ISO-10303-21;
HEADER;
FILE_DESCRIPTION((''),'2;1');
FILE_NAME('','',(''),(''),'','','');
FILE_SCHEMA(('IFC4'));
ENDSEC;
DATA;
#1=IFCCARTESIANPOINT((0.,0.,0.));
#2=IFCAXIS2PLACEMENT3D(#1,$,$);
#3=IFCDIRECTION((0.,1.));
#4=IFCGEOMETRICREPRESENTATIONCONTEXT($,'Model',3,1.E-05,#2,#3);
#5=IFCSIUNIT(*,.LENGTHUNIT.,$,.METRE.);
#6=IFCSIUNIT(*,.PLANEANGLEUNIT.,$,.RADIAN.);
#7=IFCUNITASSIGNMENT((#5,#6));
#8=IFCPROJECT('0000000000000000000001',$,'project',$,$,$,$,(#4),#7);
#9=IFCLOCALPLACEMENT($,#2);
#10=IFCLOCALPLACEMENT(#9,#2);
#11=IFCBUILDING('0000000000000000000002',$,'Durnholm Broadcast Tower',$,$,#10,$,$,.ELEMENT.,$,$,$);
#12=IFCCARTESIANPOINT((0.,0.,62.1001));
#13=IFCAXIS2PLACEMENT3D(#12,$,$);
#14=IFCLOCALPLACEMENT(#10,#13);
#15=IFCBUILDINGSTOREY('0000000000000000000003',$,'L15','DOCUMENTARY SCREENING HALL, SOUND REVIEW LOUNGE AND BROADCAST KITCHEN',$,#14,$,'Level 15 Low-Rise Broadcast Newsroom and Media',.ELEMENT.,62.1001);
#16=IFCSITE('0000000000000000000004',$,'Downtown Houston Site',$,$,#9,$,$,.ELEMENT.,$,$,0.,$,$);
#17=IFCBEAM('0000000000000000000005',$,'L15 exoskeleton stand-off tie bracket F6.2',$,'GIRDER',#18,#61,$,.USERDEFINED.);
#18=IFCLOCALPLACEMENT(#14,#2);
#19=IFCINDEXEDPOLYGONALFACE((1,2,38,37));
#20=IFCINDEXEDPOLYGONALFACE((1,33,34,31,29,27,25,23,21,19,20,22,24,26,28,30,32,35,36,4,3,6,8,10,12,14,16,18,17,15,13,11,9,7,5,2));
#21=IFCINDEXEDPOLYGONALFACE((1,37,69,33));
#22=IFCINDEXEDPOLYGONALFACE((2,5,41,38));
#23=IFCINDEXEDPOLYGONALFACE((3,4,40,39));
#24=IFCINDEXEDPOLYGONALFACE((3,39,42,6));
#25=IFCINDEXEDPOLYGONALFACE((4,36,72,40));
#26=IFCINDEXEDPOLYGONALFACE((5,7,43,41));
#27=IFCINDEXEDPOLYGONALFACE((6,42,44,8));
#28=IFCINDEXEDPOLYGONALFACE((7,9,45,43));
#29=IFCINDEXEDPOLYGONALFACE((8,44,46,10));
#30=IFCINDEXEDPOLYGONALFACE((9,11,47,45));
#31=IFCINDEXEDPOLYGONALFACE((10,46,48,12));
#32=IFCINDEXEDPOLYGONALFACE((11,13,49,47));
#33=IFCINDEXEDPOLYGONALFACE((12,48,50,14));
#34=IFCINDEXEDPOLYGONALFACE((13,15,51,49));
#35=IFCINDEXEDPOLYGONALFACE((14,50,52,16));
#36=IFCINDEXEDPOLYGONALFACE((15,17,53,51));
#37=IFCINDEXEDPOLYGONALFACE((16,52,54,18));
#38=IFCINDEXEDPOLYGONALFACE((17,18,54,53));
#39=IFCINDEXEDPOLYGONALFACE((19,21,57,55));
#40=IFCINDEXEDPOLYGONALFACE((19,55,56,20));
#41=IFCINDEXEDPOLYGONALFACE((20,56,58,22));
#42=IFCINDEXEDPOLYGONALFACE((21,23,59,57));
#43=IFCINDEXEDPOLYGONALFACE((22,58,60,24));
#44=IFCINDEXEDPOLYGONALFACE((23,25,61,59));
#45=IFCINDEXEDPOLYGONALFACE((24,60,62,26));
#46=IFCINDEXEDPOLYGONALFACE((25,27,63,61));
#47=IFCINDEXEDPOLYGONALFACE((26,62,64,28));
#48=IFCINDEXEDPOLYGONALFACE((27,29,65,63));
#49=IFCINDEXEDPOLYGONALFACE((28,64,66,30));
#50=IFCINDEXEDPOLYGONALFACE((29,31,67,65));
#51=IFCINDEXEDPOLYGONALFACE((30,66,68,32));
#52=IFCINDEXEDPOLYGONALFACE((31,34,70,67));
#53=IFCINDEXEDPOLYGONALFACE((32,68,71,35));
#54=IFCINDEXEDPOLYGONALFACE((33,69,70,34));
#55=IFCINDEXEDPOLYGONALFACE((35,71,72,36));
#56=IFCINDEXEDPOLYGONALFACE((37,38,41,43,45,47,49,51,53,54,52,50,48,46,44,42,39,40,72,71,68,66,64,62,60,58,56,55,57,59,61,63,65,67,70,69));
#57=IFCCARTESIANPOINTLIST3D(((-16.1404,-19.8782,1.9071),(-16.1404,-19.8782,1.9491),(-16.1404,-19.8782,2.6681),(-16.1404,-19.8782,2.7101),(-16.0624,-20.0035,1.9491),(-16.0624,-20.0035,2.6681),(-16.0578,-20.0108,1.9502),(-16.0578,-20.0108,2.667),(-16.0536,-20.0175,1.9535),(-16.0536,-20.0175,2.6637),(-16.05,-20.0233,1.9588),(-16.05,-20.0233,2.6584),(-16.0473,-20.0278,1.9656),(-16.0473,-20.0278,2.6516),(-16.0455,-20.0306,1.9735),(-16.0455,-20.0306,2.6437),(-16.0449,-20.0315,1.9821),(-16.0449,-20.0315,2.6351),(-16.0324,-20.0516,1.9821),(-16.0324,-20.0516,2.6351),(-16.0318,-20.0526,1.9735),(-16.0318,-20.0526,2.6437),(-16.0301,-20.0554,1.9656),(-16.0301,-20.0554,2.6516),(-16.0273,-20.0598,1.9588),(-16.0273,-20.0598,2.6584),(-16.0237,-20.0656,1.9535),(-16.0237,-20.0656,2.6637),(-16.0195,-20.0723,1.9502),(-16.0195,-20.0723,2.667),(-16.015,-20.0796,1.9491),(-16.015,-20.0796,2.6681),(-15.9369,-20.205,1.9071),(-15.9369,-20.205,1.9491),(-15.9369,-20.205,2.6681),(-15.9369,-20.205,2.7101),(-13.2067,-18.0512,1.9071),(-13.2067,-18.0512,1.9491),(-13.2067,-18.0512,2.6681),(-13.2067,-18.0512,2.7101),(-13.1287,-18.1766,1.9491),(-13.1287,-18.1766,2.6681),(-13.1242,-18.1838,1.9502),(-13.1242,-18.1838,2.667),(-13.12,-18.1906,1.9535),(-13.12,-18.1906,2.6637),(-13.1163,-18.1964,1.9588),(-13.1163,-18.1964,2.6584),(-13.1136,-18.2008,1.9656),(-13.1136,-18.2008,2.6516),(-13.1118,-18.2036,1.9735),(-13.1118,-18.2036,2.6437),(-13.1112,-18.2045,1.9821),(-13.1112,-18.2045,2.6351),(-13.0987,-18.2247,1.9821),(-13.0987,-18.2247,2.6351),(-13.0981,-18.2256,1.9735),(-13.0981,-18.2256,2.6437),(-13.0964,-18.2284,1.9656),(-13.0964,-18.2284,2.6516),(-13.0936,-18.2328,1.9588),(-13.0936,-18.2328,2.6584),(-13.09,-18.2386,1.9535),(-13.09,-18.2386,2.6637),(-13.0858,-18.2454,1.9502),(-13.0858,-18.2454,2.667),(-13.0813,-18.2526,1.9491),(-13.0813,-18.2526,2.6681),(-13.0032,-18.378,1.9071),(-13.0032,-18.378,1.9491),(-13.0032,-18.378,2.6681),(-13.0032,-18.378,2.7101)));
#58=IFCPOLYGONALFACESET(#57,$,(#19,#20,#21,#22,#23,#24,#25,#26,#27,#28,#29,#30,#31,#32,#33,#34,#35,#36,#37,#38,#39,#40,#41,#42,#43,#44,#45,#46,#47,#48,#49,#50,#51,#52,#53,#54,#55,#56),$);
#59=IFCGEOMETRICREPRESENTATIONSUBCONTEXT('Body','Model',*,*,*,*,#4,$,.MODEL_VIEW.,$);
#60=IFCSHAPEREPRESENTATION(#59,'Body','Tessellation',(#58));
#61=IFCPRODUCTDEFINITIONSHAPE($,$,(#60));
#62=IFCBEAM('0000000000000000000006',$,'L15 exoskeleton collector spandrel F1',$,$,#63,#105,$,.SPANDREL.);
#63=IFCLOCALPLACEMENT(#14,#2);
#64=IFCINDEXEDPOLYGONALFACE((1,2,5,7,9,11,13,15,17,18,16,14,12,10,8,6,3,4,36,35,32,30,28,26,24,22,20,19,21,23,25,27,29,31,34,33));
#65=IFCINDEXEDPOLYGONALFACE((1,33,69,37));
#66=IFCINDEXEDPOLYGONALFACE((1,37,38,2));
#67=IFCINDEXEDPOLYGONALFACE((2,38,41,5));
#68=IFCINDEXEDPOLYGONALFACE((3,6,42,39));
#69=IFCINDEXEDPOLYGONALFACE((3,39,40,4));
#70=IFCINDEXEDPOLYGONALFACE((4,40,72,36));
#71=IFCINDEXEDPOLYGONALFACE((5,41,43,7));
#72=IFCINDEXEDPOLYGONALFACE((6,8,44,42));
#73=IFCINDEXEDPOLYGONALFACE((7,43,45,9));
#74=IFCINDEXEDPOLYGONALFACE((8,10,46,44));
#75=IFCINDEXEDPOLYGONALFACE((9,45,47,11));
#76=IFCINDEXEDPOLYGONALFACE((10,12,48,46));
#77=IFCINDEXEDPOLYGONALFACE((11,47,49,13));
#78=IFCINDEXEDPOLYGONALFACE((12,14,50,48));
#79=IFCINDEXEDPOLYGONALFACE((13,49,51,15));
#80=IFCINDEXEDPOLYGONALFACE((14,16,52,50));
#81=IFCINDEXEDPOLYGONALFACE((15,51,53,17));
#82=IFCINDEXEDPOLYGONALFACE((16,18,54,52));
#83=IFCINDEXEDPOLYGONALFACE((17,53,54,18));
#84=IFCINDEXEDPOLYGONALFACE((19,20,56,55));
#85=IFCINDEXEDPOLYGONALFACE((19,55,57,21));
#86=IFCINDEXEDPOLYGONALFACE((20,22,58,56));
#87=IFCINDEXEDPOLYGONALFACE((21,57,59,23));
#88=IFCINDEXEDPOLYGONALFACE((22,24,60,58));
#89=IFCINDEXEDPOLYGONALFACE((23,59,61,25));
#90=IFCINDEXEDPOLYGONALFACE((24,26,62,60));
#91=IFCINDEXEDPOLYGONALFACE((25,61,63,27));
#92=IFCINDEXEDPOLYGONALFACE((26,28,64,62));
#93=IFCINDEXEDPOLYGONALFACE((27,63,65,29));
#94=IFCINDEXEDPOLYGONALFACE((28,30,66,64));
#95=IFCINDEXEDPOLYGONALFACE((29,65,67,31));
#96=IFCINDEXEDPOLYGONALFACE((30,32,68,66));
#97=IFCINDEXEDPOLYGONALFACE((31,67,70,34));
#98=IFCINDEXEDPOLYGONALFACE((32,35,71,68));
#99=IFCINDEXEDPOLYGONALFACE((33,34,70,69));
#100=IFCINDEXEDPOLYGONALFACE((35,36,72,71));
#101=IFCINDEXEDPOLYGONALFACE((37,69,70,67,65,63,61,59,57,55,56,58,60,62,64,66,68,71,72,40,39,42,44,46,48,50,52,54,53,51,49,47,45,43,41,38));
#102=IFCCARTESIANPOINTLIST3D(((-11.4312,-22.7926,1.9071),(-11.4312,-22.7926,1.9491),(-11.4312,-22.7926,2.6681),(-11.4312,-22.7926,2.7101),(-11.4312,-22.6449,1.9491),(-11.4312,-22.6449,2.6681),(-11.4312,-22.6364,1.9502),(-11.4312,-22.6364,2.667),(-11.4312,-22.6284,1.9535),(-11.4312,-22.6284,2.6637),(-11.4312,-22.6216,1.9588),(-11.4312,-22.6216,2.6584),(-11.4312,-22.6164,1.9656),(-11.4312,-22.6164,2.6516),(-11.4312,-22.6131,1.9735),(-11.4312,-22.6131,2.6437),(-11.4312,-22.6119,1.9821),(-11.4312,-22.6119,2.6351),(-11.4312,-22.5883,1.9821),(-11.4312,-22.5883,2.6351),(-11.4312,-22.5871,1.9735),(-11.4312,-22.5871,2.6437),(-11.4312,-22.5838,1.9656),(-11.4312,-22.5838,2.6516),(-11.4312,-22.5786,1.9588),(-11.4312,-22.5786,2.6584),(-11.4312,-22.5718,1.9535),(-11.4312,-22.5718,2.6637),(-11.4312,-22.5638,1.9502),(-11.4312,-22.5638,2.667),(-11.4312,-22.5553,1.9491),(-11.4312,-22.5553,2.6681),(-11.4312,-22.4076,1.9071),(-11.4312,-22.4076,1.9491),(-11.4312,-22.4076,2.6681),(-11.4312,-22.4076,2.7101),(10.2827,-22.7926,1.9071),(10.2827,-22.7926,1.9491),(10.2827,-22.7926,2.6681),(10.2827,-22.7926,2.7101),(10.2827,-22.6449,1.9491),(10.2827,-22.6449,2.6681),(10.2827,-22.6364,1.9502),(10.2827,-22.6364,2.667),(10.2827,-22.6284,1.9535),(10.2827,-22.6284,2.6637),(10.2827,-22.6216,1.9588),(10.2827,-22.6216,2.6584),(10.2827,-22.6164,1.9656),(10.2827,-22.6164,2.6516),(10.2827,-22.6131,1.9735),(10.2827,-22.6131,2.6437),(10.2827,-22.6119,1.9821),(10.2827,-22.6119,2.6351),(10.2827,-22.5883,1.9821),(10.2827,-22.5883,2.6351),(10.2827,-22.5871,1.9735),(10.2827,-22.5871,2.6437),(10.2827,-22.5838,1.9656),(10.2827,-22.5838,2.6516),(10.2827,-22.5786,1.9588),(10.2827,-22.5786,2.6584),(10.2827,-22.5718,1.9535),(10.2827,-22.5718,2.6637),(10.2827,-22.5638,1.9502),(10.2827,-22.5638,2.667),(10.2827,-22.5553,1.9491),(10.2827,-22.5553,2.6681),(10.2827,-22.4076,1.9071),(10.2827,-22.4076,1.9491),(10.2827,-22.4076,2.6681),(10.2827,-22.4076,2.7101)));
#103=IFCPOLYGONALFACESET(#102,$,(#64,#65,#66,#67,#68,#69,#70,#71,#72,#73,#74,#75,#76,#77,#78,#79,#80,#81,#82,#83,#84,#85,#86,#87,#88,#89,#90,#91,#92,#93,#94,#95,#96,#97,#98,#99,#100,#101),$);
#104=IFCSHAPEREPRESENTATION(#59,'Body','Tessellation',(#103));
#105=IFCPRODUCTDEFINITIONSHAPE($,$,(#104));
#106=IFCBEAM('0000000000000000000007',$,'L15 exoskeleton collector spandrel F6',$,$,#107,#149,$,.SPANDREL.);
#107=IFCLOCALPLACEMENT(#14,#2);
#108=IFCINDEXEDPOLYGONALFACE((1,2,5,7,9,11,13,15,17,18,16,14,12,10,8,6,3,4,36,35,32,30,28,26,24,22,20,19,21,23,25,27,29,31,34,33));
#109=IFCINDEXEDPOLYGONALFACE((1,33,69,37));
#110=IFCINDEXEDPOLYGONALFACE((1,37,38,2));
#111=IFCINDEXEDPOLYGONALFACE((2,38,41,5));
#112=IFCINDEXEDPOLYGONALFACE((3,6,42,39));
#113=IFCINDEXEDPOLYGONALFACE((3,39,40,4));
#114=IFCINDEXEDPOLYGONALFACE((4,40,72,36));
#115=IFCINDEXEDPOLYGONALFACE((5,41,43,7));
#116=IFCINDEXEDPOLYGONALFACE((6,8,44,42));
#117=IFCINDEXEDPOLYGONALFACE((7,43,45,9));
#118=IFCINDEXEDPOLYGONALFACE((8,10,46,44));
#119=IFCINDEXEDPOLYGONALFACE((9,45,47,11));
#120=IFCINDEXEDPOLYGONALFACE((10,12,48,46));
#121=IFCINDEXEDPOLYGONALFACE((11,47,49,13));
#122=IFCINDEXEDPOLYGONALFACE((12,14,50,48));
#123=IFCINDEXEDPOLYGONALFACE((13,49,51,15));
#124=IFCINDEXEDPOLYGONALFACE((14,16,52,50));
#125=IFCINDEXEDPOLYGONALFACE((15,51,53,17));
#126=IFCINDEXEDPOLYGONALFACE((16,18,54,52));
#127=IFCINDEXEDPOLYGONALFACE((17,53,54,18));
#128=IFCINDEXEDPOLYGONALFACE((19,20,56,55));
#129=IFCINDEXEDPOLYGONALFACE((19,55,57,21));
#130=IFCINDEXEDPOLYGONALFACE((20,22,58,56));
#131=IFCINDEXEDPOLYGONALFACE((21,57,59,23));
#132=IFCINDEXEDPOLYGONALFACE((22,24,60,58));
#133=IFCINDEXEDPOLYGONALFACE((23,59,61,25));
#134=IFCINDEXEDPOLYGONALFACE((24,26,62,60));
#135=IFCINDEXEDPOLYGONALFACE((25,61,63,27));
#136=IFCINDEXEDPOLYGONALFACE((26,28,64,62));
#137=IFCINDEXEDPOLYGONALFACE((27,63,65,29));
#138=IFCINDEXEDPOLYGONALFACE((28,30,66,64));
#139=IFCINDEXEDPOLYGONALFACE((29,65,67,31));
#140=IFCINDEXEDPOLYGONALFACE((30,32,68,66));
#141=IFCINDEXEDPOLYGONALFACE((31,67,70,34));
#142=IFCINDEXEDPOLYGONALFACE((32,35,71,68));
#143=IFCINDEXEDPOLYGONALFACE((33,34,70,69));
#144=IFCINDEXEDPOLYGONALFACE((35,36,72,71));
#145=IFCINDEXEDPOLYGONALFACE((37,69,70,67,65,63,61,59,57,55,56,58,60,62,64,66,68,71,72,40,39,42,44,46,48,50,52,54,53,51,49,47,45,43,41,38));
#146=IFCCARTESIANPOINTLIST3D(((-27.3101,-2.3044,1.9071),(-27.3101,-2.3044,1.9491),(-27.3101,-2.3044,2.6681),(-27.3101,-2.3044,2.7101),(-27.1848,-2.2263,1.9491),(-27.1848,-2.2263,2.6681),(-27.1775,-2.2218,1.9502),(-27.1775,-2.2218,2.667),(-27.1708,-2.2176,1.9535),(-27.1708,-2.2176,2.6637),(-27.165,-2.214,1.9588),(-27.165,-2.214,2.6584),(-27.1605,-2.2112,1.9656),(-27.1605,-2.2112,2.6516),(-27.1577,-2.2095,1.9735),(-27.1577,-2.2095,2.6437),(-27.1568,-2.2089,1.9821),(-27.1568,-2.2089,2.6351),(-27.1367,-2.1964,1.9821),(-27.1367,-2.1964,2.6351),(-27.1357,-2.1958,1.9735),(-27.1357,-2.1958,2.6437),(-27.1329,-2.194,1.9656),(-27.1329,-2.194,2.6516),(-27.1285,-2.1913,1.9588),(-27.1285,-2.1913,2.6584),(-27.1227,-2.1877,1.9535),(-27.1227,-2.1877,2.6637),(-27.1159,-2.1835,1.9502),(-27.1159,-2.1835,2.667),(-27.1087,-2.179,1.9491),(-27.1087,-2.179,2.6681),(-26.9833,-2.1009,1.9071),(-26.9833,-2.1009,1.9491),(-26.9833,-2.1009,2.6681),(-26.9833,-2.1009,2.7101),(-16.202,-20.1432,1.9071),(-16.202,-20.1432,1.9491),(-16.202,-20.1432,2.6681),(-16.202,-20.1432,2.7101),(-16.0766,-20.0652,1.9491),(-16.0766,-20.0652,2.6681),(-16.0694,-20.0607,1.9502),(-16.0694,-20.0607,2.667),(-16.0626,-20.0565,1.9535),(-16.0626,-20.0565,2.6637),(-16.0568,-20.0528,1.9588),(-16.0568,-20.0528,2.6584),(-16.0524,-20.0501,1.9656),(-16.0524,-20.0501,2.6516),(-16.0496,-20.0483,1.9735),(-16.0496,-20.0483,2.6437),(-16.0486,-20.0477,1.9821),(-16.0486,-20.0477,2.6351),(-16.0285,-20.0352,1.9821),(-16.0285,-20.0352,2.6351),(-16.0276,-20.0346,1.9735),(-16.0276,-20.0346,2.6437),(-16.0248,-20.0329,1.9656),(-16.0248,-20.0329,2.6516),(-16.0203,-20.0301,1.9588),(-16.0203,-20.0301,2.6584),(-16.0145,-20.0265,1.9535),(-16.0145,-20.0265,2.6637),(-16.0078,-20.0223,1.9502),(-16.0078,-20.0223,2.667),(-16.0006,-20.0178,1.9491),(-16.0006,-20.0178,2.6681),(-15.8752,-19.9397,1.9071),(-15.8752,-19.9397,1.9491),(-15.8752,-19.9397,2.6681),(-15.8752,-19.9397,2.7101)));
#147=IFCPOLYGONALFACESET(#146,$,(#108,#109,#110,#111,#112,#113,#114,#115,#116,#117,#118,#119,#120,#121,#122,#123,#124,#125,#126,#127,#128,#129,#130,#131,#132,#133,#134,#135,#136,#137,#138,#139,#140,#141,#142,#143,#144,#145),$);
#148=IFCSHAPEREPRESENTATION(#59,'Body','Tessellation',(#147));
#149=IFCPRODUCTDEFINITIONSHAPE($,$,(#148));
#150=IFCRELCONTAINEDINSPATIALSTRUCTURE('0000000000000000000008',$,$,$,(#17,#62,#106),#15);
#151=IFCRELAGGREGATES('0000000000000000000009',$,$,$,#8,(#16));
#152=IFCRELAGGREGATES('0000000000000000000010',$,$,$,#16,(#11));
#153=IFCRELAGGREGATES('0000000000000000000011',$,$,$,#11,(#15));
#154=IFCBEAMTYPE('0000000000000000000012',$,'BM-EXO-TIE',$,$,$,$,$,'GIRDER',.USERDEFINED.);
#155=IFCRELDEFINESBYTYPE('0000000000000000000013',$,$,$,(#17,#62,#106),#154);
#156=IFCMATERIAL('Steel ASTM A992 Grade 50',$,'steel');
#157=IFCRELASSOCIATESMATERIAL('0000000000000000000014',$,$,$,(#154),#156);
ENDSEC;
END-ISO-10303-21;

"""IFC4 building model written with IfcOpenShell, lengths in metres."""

from ifc_helpers import new_model, si_unit, direction, frame, origin, origin_2d, place, context, subcontext, project, spatial, i_section, extrude, source, transform, mapped, material, material_profile, profile_set, type_object, type_shapes, element, save


model = new_model("IFC4")

# Units and contexts
model_context = context("Model", 3, precision=1e-05, world=origin(), true_north=direction((0.0, 1.0)))
body_context = subcontext(model_context, "Body", "Model", "MODEL_VIEW")
ifc_project = project(units=[si_unit("LENGTHUNIT", "METRE"), si_unit("PLANEANGLEUNIT", "RADIAN")], contexts=[model_context])

# Site, building, storey
site_placement = place(None, origin())
site = spatial("IfcSite", under=ifc_project, at=site_placement, Name="Downtown Houston Site", CompositionType="ELEMENT", RefElevation=0.0)
building_placement = place(site_placement, origin())
building = spatial("IfcBuilding", under=site, at=building_placement, Name="Durnholm Broadcast Tower", CompositionType="ELEMENT")
storey_placement = place(building_placement, frame((0.0, 0.0, 62.1001)))
storey = spatial("IfcBuildingStorey", under=building, at=storey_placement, Name="L15", Description="DOCUMENTARY SCREENING HALL, SOUND REVIEW LOUNGE AND BROADCAST KITCHEN", LongName="Level 15 Low-Rise Broadcast Newsroom and Media", CompositionType="ELEMENT", Elevation=62.1001)

# Beams
ifc_material_1 = material(Name="Steel ASTM A992 Grade 50", Category="steel")
ifc_material_profile_1 = material_profile(ifc_material_1, i_section(OverallWidth=0.385, OverallDepth=0.803, WebThickness=0.0237, FlangeThickness=0.042, FilletRadius=0.033, at=origin_2d()), Name="W30X261")
ifc_profile_set_1 = profile_set([ifc_material_profile_1], Name="Steel ASTM A992 Grade 50")
beam_type_1 = type_object("IfcBeamType", Name="BM-EXO-TIE", ElementType="GIRDER", PredefinedType="USERDEFINED", material=ifc_profile_set_1)
shared_shape_1 = source(origin(), body_context, "Body", "SweptSolid", [
    extrude(i_section(OverallWidth=0.385, OverallDepth=0.803, WebThickness=0.0237, FlangeThickness=0.042, FilletRadius=0.033, at=origin_2d()), origin(), (0.0, 0.0, 1.0), 3.4561),
])
for number, where, z_axis, x_axis, name in (
    (1, (-13.105, -18.2146, 2.3086), (-0.848854, -0.528627, 0.0), (0.528627, -0.848854, 0.0), "L15 exoskeleton stand-off tie bracket F6.2"),
):
    element("IfcBeam", number, at=place(storey_placement, frame(where, z_axis=z_axis, x_axis=x_axis)), inside=storey, type_object=beam_type_1, Name=name, ObjectType="GIRDER", PredefinedType="USERDEFINED", context=body_context, shape_type="MappedRepresentation", body=[
        mapped(shared_shape_1, transform((0.0, 0.0, 0.0), x_axis=(1.0, 0.0, 0.0), y_axis=(0.0, 1.0, 0.0), z_axis=(0.0, 0.0, 1.0), scale=1.0)),
    ])
shared_shape_2 = source(origin(), body_context, "Body", "SweptSolid", [
    extrude(i_section(OverallWidth=0.385, OverallDepth=0.803, WebThickness=0.0237, FlangeThickness=0.042, FilletRadius=0.033, at=origin_2d()), origin(), (0.0, 0.0, 1.0), 21.7139),
])
beam_1_placement = place(storey_placement, frame((-11.4312, -22.6001, 2.3086), z_axis=(1.0, 0.0, 0.0), x_axis=(0.0, 1.0, 0.0)))
element("IfcBeam", 2, at=beam_1_placement, inside=storey, type_object=beam_type_1, Name="L15 exoskeleton collector spandrel F1", PredefinedType="SPANDREL", context=body_context, shape_type="MappedRepresentation", body=[
    mapped(shared_shape_2, transform((0.0, 0.0, 0.0), x_axis=(1.0, 0.0, 0.0), y_axis=(0.0, 1.0, 0.0), z_axis=(0.0, 0.0, 1.0), scale=1.0)),
])
shared_shape_3 = source(origin(), body_context, "Body", "SweptSolid", [
    extrude(i_section(OverallWidth=0.385, OverallDepth=0.803, WebThickness=0.0237, FlangeThickness=0.042, FilletRadius=0.033, at=origin_2d()), origin(), (0.0, 0.0, 1.0), 21.0146),
])
type_shapes(beam_type_1, [shared_shape_1, shared_shape_2, shared_shape_3])
beam_2_placement = place(storey_placement, frame((-27.1467, -2.2026, 2.3086), z_axis=(0.528591, -0.848877, 0.0), x_axis=(0.848877, 0.528591, 0.0)))
element("IfcBeam", 3, at=beam_2_placement, inside=storey, type_object=beam_type_1, Name="L15 exoskeleton collector spandrel F6", PredefinedType="SPANDREL", context=body_context, shape_type="MappedRepresentation", body=[
    mapped(shared_shape_3, transform((0.0, 0.0, 0.0), x_axis=(1.0, 0.0, 0.0), y_axis=(0.0, 1.0, 0.0), z_axis=(0.0, 0.0, 1.0), scale=1.0)),
])

save(model, "model.ifc")
